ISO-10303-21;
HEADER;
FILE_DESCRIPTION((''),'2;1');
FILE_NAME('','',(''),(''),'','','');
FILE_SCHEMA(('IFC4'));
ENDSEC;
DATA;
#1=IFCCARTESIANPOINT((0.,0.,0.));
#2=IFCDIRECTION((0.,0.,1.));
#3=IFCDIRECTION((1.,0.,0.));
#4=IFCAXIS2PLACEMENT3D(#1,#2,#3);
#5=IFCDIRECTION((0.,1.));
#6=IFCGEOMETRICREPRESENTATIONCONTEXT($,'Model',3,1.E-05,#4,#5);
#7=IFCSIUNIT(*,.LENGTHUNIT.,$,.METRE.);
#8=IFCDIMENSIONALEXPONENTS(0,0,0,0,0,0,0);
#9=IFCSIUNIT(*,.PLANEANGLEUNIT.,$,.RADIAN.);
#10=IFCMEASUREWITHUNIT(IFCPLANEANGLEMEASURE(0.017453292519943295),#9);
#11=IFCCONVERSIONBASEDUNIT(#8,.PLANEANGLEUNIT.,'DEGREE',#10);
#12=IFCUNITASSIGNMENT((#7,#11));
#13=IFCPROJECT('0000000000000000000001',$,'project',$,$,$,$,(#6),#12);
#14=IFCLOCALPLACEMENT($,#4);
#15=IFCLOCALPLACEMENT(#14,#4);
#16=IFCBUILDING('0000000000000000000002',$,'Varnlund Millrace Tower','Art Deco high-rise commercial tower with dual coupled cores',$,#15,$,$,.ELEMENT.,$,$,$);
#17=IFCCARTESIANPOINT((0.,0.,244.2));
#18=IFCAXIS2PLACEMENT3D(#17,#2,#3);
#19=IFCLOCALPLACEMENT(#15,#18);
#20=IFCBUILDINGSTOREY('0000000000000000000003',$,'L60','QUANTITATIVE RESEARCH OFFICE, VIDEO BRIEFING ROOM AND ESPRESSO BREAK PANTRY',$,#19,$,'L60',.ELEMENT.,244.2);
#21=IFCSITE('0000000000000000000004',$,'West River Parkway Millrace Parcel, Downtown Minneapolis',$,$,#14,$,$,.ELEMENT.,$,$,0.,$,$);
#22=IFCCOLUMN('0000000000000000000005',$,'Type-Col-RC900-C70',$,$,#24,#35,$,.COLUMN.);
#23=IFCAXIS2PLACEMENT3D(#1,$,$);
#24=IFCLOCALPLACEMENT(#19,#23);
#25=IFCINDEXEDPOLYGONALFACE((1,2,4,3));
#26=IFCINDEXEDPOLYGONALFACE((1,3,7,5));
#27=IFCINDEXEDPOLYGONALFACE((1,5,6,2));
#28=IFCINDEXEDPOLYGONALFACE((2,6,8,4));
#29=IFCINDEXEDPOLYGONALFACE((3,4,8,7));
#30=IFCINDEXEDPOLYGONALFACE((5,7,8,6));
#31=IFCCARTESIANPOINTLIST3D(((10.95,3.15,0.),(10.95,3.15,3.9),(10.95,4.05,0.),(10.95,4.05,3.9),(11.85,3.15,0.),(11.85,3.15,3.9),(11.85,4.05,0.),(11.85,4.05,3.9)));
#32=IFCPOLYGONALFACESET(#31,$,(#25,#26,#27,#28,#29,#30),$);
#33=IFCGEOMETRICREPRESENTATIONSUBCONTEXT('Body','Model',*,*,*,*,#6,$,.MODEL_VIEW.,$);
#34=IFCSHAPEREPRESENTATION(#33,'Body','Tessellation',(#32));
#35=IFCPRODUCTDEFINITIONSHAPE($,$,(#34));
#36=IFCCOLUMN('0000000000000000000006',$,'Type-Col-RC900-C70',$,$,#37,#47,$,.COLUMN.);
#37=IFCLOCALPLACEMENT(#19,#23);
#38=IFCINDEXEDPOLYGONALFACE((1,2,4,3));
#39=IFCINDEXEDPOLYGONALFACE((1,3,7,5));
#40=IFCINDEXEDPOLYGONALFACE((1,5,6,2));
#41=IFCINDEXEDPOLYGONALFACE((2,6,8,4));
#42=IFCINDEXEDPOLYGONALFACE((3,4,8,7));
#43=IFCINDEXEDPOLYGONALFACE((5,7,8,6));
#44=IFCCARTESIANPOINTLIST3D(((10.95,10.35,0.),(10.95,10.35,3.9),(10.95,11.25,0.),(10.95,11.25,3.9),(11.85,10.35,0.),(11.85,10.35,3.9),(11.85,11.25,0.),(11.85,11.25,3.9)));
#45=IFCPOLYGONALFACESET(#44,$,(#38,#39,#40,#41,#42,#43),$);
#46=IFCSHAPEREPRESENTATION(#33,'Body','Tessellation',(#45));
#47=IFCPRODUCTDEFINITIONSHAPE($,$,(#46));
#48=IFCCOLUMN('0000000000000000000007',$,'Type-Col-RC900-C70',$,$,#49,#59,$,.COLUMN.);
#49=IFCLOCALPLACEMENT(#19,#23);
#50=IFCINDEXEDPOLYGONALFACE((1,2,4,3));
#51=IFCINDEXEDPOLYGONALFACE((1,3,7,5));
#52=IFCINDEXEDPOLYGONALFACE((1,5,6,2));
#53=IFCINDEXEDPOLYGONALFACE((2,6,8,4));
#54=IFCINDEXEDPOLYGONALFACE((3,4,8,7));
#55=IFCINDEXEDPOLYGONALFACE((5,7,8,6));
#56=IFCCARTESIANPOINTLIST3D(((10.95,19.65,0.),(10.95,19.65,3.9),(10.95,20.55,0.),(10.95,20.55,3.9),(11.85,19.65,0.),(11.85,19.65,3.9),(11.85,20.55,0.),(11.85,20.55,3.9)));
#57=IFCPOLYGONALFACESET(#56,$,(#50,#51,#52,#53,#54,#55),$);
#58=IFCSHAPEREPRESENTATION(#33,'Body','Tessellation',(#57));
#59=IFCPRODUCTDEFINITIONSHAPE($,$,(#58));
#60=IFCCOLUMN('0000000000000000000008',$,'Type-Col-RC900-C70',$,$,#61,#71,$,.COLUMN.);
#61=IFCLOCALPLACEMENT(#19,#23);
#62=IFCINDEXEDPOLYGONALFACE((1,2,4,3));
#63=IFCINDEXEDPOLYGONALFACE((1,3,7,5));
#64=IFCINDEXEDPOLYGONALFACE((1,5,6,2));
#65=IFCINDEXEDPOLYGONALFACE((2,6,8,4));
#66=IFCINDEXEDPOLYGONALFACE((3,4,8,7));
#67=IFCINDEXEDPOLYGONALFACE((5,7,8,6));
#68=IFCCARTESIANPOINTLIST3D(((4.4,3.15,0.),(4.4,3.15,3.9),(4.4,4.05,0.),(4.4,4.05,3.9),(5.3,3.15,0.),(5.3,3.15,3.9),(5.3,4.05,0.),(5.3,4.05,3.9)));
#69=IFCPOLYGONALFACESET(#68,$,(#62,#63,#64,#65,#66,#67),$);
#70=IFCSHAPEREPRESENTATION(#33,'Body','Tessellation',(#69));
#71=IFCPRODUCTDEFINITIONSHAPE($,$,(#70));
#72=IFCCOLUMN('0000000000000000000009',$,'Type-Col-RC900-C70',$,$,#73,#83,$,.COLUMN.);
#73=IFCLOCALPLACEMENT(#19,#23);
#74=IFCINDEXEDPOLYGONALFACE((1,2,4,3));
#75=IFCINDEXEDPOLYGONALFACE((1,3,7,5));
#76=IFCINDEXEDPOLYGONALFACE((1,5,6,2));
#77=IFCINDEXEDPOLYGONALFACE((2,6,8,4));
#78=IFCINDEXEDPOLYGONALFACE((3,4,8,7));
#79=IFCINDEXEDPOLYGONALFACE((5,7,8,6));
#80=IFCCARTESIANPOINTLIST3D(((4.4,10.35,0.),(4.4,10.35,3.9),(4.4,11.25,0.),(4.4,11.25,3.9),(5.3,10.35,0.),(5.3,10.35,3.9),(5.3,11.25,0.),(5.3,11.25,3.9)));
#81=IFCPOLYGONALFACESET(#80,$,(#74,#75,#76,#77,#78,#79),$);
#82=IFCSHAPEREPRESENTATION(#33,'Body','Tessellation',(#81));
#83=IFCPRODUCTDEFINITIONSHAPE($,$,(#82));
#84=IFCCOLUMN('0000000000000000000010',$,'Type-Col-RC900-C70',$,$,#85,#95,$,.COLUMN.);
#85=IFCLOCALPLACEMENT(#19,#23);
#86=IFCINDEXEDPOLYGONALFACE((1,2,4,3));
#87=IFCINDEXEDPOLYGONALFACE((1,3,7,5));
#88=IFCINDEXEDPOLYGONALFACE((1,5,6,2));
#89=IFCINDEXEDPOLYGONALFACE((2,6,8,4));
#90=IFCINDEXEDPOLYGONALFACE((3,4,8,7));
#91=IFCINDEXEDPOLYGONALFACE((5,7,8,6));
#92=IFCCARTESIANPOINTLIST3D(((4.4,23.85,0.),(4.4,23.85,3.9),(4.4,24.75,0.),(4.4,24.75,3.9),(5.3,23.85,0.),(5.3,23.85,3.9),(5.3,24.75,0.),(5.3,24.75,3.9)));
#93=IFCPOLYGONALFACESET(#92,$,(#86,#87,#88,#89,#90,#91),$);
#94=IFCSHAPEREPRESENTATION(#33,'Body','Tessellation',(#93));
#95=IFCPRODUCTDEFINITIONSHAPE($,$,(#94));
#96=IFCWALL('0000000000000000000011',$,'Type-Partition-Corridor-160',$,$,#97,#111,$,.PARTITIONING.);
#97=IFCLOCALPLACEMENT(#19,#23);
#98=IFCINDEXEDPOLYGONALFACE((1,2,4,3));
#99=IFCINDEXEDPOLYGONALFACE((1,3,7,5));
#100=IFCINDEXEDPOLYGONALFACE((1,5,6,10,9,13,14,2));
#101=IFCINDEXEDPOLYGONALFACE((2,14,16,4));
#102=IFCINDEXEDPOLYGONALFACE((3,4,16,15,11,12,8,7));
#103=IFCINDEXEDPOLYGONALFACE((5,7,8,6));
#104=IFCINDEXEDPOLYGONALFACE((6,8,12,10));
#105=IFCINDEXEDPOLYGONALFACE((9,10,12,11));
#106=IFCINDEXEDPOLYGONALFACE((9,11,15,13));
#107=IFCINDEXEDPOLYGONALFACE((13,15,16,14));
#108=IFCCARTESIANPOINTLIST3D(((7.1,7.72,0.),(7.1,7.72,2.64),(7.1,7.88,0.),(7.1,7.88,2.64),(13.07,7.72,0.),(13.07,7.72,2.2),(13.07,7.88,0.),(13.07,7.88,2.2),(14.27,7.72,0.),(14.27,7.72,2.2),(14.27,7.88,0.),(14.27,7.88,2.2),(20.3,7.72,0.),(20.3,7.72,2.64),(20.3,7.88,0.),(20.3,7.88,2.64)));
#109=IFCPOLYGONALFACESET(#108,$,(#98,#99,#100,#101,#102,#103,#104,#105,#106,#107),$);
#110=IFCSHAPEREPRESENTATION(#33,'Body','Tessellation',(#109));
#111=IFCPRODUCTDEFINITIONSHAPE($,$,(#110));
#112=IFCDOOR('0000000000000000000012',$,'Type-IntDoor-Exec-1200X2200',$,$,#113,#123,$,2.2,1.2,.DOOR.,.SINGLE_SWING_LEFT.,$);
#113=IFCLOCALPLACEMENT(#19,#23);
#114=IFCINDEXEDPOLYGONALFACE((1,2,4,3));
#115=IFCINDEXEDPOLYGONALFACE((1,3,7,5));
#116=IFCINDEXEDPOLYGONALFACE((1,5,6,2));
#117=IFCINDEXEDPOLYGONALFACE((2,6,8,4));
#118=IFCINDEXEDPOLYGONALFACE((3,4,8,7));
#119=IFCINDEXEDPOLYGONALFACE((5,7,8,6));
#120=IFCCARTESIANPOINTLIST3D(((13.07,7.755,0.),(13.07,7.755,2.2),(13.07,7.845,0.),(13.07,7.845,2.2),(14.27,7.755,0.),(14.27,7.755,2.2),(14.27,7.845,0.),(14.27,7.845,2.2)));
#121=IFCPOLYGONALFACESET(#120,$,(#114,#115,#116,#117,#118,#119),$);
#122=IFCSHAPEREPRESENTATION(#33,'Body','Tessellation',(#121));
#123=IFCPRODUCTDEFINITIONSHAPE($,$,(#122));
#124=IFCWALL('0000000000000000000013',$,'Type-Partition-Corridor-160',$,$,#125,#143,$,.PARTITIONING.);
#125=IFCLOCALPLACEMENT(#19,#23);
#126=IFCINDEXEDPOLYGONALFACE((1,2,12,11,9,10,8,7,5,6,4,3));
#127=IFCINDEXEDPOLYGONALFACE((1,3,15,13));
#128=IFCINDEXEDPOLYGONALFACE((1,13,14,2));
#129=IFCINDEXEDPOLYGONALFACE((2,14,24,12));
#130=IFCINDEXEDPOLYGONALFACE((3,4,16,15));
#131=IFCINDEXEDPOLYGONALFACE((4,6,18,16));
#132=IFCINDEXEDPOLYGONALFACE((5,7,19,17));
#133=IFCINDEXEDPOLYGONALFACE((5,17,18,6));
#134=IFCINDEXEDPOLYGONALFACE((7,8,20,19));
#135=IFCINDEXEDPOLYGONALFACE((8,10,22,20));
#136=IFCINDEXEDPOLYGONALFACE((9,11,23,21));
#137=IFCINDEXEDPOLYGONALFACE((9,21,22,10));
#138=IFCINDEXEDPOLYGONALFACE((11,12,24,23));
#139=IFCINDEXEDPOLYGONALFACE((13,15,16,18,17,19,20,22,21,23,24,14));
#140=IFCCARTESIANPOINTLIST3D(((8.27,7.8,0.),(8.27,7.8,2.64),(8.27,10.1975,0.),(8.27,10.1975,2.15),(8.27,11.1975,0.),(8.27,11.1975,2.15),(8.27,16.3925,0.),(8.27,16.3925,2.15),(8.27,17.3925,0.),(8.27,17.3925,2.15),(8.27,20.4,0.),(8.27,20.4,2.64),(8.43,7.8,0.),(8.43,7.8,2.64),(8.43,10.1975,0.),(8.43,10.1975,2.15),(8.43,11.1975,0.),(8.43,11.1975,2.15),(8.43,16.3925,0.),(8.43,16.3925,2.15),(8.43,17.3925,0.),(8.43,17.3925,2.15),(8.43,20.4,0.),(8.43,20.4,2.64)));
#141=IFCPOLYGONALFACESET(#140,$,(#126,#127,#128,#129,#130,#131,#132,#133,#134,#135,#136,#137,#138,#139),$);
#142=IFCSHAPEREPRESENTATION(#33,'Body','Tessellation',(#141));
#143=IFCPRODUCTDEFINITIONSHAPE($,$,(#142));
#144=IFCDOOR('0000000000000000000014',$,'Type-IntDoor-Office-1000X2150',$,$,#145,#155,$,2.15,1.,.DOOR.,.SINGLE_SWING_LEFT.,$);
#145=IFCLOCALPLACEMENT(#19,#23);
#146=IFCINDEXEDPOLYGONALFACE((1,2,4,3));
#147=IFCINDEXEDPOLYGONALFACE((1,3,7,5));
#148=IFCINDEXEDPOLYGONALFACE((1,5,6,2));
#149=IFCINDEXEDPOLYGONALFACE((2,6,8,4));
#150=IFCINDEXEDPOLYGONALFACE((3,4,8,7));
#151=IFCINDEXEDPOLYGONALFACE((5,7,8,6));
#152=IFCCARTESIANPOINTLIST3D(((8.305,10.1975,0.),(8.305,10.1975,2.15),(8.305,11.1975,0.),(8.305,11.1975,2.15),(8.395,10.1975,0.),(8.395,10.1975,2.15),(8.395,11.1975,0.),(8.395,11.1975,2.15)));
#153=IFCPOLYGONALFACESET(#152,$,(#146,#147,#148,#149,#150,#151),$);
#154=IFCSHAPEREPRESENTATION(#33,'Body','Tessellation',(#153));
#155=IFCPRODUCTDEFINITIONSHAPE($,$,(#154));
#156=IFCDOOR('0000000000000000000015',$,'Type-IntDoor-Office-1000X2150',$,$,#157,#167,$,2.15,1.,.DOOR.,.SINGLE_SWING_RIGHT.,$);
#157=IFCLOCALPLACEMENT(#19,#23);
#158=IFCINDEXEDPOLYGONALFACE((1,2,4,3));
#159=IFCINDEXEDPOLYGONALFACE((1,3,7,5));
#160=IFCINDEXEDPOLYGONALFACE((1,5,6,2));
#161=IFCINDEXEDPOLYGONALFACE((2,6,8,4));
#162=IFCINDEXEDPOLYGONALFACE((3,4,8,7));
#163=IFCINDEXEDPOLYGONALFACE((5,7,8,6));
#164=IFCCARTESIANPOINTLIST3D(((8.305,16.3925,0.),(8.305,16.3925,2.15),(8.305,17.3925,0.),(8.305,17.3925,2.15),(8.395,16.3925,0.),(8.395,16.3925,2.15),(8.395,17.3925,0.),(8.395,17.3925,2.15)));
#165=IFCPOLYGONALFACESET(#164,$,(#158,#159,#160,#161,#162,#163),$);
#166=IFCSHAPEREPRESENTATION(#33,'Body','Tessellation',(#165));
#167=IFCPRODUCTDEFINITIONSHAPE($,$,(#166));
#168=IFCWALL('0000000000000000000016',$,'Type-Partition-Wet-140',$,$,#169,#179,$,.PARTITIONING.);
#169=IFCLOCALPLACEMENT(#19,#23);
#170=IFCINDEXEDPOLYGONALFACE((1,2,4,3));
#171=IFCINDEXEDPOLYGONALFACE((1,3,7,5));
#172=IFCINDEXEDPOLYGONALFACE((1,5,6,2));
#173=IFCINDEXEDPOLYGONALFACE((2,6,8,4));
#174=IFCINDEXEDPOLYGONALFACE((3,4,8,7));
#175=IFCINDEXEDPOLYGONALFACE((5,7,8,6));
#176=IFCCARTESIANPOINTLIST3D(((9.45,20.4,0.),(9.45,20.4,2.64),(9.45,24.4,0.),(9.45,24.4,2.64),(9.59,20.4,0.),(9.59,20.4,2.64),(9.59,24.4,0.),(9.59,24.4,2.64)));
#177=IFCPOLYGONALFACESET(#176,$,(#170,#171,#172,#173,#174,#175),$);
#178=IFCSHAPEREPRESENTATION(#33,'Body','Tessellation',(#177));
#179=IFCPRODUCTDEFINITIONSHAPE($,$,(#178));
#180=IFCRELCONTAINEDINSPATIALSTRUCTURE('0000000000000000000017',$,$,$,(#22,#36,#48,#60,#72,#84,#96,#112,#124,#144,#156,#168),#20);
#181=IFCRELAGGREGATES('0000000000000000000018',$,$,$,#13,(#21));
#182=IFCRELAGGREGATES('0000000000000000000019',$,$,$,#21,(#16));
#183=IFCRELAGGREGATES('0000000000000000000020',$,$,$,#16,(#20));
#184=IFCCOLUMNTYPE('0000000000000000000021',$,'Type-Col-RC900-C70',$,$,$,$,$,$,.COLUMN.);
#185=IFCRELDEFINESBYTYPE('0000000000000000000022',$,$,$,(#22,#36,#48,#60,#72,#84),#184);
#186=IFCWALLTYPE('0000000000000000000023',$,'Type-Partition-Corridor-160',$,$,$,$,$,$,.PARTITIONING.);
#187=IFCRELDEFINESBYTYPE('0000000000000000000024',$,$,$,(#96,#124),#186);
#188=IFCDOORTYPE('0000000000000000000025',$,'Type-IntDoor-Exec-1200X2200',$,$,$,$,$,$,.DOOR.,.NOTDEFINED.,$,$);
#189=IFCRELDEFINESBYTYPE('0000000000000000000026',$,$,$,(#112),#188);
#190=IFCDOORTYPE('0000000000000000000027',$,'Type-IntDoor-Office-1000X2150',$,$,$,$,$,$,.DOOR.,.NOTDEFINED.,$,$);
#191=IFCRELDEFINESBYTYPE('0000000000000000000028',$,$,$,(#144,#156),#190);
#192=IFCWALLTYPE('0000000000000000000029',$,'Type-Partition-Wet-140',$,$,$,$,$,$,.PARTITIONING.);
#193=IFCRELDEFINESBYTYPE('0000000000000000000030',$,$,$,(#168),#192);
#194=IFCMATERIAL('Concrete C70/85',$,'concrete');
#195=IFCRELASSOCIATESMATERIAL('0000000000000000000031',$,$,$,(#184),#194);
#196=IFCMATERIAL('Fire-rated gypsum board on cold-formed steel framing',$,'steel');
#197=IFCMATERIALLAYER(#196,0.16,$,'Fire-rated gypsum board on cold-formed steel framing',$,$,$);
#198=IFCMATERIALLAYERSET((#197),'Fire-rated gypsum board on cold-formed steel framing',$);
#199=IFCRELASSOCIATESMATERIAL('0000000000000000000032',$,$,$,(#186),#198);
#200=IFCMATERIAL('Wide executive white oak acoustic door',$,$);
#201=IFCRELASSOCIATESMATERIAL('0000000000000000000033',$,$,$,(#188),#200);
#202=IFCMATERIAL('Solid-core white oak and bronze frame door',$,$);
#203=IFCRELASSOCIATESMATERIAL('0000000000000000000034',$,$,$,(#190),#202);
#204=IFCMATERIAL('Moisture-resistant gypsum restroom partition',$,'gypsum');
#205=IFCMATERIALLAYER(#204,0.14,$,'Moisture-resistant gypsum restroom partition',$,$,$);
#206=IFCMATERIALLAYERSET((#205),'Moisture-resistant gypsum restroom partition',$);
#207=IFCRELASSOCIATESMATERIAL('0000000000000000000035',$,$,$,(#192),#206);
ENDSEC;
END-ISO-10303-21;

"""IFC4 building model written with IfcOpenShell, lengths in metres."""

from ifc_helpers import new_model, entity, si_unit, converted_unit, direction, frame, origin_with_axes, origin_2d_with_axis, place, context, subcontext, project, spatial, polyline, rectangle, outline, extrude, material, layer, layer_set, material_profile, profile_set, type_object, element, fill, save


model = new_model("IFC4")

# Units and contexts
model_context = context("Model", 3, precision=1e-05, world=origin_with_axes(), true_north=direction((0.0, 1.0)))
body_context = subcontext(model_context, "Body", "Model", "MODEL_VIEW")
ifc_project = project(units=[si_unit("LENGTHUNIT", "METRE"), converted_unit("PLANEANGLEUNIT", "DEGREE", entity("IfcPlaneAngleMeasure", 0.017453292519943295), si_unit("PLANEANGLEUNIT", "RADIAN"), dimensions=[0, 0, 0, 0, 0, 0, 0])], contexts=[model_context])

# Site, building, storey
site_placement = place(None, origin_with_axes())
site = spatial("IfcSite", under=ifc_project, at=site_placement, Name="West River Parkway Millrace Parcel, Downtown Minneapolis", CompositionType="ELEMENT", RefElevation=0.0)
building_placement = place(site_placement, origin_with_axes())
building = spatial("IfcBuilding", under=site, at=building_placement, Name="Varnlund Millrace Tower", Description="Art Deco high-rise commercial tower with dual coupled cores", CompositionType="ELEMENT")
storey_placement = place(building_placement, frame((0.0, 0.0, 244.2), z_axis=(0.0, 0.0, 1.0), x_axis=(1.0, 0.0, 0.0)))
storey = spatial("IfcBuildingStorey", under=building, at=storey_placement, Name="L60", Description="QUANTITATIVE RESEARCH OFFICE, VIDEO BRIEFING ROOM AND ESPRESSO BREAK PANTRY", LongName="L60", CompositionType="ELEMENT", Elevation=244.2)

# Columns
ifc_material_1 = material(Name="Concrete C70/85", Category="concrete")
ifc_material_profile = material_profile(ifc_material_1, rectangle(XDim=0.9, YDim=0.9, at=origin_2d_with_axis()), Name="Concrete C70/85")
ifc_profile_set = profile_set([ifc_material_profile], Name="Concrete C70/85")
column_type = type_object("IfcColumnType", Name="Type-Col-RC900-C70", PredefinedType="COLUMN", material=ifc_profile_set)
for number, where, z_axis, x_axis, name in (
    (1, (11.4, 3.6, 0.0), (0.0, 0.0, 1.0), (1.0, 0.0, 0.0), "Type-Col-RC900-C70"),
    (2, (11.4, 10.8, 0.0), (0.0, 0.0, 1.0), (1.0, 0.0, 0.0), "Type-Col-RC900-C70"),
    (3, (11.4, 20.1, 0.0), (0.0, 0.0, 1.0), (1.0, 0.0, 0.0), "Type-Col-RC900-C70"),
    (4, (4.85, 3.6, 0.0), (0.0, 0.0, 1.0), (1.0, 0.0, 0.0), "Type-Col-RC900-C70"),
    (5, (4.85, 10.8, 0.0), (0.0, 0.0, 1.0), (1.0, 0.0, 0.0), "Type-Col-RC900-C70"),
    (6, (4.85, 24.3, 0.0), (0.0, 0.0, 1.0), (1.0, 0.0, 0.0), "Type-Col-RC900-C70"),
):
    element("IfcColumn", number, at=place(storey_placement, frame(where, z_axis=z_axis, x_axis=x_axis)), inside=storey, type_object=column_type, Name=name, PredefinedType="COLUMN", context=body_context, shape_type="SweptSolid", body=[
        extrude(rectangle(XDim=0.9, YDim=0.9, at=origin_2d_with_axis()), origin_with_axes(), (0.0, 0.0, 1.0), 3.9),
    ])

# Wall, opening, door
ifc_material_2 = material(Name="Fire-rated gypsum board on cold-formed steel framing", Category="steel")
ifc_layer_1 = layer(ifc_material_2, 0.16, Name="Fire-rated gypsum board on cold-formed steel framing")
ifc_layer_set_1 = layer_set([ifc_layer_1], Name="Fire-rated gypsum board on cold-formed steel framing")
wall_type_1 = type_object("IfcWallType", Name="Type-Partition-Corridor-160", PredefinedType="PARTITIONING", material=ifc_layer_set_1)
wall_1_placement = place(storey_placement, frame((7.1, 7.8, 0.0), z_axis=(0.0, 0.0, 1.0), x_axis=(1.0, 0.0, 0.0)))
wall_1 = element("IfcWall", 7, at=wall_1_placement, inside=storey, type_object=wall_type_1, Name="Type-Partition-Corridor-160", PredefinedType="PARTITIONING", context=body_context, shape_type="SweptSolid", body=[
    extrude(outline(polyline([(0.0, -0.08), (13.2, -0.08), (13.2, 0.08), (0.0, 0.08), (0.0, -0.08)])), origin_with_axes(), (0.0, 0.0, 1.0), 2.64),
])
opening_1_placement = place(wall_1_placement, frame((6.57, 0.0, 0.0), z_axis=(0.0, 0.0, 1.0), x_axis=(1.0, 0.0, 0.0)))
opening_1 = element("IfcOpeningElement", 8, at=opening_1_placement, cuts=wall_1, PredefinedType="OPENING", context=body_context, shape_type="SweptSolid", body=[
    extrude(rectangle(XDim=1.2, YDim=0.18, at=origin_2d_with_axis()), origin_with_axes(), (0.0, 0.0, 1.0), 2.2),
])
ifc_material_3 = material(Name="Wide executive white oak acoustic door")
door_type_1 = type_object("IfcDoorType", Name="Type-IntDoor-Exec-1200X2200", OperationType="NOTDEFINED", PredefinedType="DOOR", material=ifc_material_3)
door_1_placement = place(wall_1_placement, frame((6.57, 0.0, 0.0), z_axis=(0.0, 0.0, 1.0), x_axis=(1.0, 0.0, 0.0)))
door_1 = element("IfcDoor", 9, at=door_1_placement, inside=storey, type_object=door_type_1, Name="Type-IntDoor-Exec-1200X2200", OperationType="SINGLE_SWING_LEFT", OverallHeight=2.2, OverallWidth=1.2, PredefinedType="DOOR", context=body_context, shape_type="SweptSolid", body=[
    extrude(rectangle(XDim=1.2, YDim=0.09, at=origin_2d_with_axis()), origin_with_axes(), (0.0, 0.0, 1.0), 2.2),
])
fill(opening_1, door_1)

# Wall, openings, doors
wall_2_placement = place(storey_placement, frame((8.35, 7.8, 0.0), z_axis=(0.0, 0.0, 1.0), x_axis=(0.0, 1.0, 0.0)))
wall_2 = element("IfcWall", 10, at=wall_2_placement, inside=storey, type_object=wall_type_1, Name="Type-Partition-Corridor-160", PredefinedType="PARTITIONING", context=body_context, shape_type="SweptSolid", body=[
    extrude(outline(polyline([(0.0, -0.08), (12.6, -0.08), (12.6, 0.08), (0.0, 0.08), (0.0, -0.08)])), origin_with_axes(), (0.0, 0.0, 1.0), 2.64),
])
opening_2_placement = place(wall_2_placement, frame((2.8975, 0.0, 0.0), z_axis=(0.0, 0.0, 1.0), x_axis=(1.0, 0.0, 0.0)))
opening_2 = element("IfcOpeningElement", 11, at=opening_2_placement, cuts=wall_2, PredefinedType="OPENING", context=body_context, shape_type="SweptSolid", body=[
    extrude(rectangle(XDim=1.0, YDim=0.18, at=origin_2d_with_axis()), origin_with_axes(), (0.0, 0.0, 1.0), 2.15),
])
opening_3_placement = place(wall_2_placement, frame((9.0925, 0.0, 0.0), z_axis=(0.0, 0.0, 1.0), x_axis=(1.0, 0.0, 0.0)))
opening_3 = element("IfcOpeningElement", 12, at=opening_3_placement, cuts=wall_2, PredefinedType="OPENING", context=body_context, shape_type="SweptSolid", body=[
    extrude(rectangle(XDim=1.0, YDim=0.18, at=origin_2d_with_axis()), origin_with_axes(), (0.0, 0.0, 1.0), 2.15),
])
ifc_material_4 = material(Name="Solid-core white oak and bronze frame door")
door_type_2 = type_object("IfcDoorType", Name="Type-IntDoor-Office-1000X2150", OperationType="NOTDEFINED", PredefinedType="DOOR", material=ifc_material_4)
door_2_placement = place(wall_2_placement, frame((2.8975, 0.0, 0.0), z_axis=(0.0, 0.0, 1.0), x_axis=(1.0, 0.0, 0.0)))
door_2 = element("IfcDoor", 13, at=door_2_placement, inside=storey, type_object=door_type_2, Name="Type-IntDoor-Office-1000X2150", OperationType="SINGLE_SWING_LEFT", OverallHeight=2.15, OverallWidth=1.0, PredefinedType="DOOR", context=body_context, shape_type="SweptSolid", body=[
    extrude(rectangle(XDim=1.0, YDim=0.09, at=origin_2d_with_axis()), origin_with_axes(), (0.0, 0.0, 1.0), 2.15),
])
fill(opening_2, door_2)
door_3_placement = place(wall_2_placement, frame((9.0925, 0.0, 0.0), z_axis=(0.0, 0.0, 1.0), x_axis=(1.0, 0.0, 0.0)))
door_3 = element("IfcDoor", 14, at=door_3_placement, inside=storey, type_object=door_type_2, Name="Type-IntDoor-Office-1000X2150", OperationType="SINGLE_SWING_RIGHT", OverallHeight=2.15, OverallWidth=1.0, PredefinedType="DOOR", context=body_context, shape_type="SweptSolid", body=[
    extrude(rectangle(XDim=1.0, YDim=0.09, at=origin_2d_with_axis()), origin_with_axes(), (0.0, 0.0, 1.0), 2.15),
])
fill(opening_3, door_3)

# Wall
ifc_material_5 = material(Name="Moisture-resistant gypsum restroom partition", Category="gypsum")
ifc_layer_2 = layer(ifc_material_5, 0.14, Name="Moisture-resistant gypsum restroom partition")
ifc_layer_set_2 = layer_set([ifc_layer_2], Name="Moisture-resistant gypsum restroom partition")
wall_type_2 = type_object("IfcWallType", Name="Type-Partition-Wet-140", PredefinedType="PARTITIONING", material=ifc_layer_set_2)
wall_3_placement = place(storey_placement, frame((9.52, 20.4, 0.0), z_axis=(0.0, 0.0, 1.0), x_axis=(0.0, 1.0, 0.0)))
element("IfcWall", 15, at=wall_3_placement, inside=storey, type_object=wall_type_2, Name="Type-Partition-Wet-140", PredefinedType="PARTITIONING", context=body_context, shape_type="SweptSolid", body=[
    extrude(outline(polyline([(0.0, -0.07), (4.0, -0.07), (4.0, 0.07), (0.0, 0.07), (0.0, -0.07)])), origin_with_axes(), (0.0, 0.0, 1.0), 2.64),
])

save(model, "model.ifc")
